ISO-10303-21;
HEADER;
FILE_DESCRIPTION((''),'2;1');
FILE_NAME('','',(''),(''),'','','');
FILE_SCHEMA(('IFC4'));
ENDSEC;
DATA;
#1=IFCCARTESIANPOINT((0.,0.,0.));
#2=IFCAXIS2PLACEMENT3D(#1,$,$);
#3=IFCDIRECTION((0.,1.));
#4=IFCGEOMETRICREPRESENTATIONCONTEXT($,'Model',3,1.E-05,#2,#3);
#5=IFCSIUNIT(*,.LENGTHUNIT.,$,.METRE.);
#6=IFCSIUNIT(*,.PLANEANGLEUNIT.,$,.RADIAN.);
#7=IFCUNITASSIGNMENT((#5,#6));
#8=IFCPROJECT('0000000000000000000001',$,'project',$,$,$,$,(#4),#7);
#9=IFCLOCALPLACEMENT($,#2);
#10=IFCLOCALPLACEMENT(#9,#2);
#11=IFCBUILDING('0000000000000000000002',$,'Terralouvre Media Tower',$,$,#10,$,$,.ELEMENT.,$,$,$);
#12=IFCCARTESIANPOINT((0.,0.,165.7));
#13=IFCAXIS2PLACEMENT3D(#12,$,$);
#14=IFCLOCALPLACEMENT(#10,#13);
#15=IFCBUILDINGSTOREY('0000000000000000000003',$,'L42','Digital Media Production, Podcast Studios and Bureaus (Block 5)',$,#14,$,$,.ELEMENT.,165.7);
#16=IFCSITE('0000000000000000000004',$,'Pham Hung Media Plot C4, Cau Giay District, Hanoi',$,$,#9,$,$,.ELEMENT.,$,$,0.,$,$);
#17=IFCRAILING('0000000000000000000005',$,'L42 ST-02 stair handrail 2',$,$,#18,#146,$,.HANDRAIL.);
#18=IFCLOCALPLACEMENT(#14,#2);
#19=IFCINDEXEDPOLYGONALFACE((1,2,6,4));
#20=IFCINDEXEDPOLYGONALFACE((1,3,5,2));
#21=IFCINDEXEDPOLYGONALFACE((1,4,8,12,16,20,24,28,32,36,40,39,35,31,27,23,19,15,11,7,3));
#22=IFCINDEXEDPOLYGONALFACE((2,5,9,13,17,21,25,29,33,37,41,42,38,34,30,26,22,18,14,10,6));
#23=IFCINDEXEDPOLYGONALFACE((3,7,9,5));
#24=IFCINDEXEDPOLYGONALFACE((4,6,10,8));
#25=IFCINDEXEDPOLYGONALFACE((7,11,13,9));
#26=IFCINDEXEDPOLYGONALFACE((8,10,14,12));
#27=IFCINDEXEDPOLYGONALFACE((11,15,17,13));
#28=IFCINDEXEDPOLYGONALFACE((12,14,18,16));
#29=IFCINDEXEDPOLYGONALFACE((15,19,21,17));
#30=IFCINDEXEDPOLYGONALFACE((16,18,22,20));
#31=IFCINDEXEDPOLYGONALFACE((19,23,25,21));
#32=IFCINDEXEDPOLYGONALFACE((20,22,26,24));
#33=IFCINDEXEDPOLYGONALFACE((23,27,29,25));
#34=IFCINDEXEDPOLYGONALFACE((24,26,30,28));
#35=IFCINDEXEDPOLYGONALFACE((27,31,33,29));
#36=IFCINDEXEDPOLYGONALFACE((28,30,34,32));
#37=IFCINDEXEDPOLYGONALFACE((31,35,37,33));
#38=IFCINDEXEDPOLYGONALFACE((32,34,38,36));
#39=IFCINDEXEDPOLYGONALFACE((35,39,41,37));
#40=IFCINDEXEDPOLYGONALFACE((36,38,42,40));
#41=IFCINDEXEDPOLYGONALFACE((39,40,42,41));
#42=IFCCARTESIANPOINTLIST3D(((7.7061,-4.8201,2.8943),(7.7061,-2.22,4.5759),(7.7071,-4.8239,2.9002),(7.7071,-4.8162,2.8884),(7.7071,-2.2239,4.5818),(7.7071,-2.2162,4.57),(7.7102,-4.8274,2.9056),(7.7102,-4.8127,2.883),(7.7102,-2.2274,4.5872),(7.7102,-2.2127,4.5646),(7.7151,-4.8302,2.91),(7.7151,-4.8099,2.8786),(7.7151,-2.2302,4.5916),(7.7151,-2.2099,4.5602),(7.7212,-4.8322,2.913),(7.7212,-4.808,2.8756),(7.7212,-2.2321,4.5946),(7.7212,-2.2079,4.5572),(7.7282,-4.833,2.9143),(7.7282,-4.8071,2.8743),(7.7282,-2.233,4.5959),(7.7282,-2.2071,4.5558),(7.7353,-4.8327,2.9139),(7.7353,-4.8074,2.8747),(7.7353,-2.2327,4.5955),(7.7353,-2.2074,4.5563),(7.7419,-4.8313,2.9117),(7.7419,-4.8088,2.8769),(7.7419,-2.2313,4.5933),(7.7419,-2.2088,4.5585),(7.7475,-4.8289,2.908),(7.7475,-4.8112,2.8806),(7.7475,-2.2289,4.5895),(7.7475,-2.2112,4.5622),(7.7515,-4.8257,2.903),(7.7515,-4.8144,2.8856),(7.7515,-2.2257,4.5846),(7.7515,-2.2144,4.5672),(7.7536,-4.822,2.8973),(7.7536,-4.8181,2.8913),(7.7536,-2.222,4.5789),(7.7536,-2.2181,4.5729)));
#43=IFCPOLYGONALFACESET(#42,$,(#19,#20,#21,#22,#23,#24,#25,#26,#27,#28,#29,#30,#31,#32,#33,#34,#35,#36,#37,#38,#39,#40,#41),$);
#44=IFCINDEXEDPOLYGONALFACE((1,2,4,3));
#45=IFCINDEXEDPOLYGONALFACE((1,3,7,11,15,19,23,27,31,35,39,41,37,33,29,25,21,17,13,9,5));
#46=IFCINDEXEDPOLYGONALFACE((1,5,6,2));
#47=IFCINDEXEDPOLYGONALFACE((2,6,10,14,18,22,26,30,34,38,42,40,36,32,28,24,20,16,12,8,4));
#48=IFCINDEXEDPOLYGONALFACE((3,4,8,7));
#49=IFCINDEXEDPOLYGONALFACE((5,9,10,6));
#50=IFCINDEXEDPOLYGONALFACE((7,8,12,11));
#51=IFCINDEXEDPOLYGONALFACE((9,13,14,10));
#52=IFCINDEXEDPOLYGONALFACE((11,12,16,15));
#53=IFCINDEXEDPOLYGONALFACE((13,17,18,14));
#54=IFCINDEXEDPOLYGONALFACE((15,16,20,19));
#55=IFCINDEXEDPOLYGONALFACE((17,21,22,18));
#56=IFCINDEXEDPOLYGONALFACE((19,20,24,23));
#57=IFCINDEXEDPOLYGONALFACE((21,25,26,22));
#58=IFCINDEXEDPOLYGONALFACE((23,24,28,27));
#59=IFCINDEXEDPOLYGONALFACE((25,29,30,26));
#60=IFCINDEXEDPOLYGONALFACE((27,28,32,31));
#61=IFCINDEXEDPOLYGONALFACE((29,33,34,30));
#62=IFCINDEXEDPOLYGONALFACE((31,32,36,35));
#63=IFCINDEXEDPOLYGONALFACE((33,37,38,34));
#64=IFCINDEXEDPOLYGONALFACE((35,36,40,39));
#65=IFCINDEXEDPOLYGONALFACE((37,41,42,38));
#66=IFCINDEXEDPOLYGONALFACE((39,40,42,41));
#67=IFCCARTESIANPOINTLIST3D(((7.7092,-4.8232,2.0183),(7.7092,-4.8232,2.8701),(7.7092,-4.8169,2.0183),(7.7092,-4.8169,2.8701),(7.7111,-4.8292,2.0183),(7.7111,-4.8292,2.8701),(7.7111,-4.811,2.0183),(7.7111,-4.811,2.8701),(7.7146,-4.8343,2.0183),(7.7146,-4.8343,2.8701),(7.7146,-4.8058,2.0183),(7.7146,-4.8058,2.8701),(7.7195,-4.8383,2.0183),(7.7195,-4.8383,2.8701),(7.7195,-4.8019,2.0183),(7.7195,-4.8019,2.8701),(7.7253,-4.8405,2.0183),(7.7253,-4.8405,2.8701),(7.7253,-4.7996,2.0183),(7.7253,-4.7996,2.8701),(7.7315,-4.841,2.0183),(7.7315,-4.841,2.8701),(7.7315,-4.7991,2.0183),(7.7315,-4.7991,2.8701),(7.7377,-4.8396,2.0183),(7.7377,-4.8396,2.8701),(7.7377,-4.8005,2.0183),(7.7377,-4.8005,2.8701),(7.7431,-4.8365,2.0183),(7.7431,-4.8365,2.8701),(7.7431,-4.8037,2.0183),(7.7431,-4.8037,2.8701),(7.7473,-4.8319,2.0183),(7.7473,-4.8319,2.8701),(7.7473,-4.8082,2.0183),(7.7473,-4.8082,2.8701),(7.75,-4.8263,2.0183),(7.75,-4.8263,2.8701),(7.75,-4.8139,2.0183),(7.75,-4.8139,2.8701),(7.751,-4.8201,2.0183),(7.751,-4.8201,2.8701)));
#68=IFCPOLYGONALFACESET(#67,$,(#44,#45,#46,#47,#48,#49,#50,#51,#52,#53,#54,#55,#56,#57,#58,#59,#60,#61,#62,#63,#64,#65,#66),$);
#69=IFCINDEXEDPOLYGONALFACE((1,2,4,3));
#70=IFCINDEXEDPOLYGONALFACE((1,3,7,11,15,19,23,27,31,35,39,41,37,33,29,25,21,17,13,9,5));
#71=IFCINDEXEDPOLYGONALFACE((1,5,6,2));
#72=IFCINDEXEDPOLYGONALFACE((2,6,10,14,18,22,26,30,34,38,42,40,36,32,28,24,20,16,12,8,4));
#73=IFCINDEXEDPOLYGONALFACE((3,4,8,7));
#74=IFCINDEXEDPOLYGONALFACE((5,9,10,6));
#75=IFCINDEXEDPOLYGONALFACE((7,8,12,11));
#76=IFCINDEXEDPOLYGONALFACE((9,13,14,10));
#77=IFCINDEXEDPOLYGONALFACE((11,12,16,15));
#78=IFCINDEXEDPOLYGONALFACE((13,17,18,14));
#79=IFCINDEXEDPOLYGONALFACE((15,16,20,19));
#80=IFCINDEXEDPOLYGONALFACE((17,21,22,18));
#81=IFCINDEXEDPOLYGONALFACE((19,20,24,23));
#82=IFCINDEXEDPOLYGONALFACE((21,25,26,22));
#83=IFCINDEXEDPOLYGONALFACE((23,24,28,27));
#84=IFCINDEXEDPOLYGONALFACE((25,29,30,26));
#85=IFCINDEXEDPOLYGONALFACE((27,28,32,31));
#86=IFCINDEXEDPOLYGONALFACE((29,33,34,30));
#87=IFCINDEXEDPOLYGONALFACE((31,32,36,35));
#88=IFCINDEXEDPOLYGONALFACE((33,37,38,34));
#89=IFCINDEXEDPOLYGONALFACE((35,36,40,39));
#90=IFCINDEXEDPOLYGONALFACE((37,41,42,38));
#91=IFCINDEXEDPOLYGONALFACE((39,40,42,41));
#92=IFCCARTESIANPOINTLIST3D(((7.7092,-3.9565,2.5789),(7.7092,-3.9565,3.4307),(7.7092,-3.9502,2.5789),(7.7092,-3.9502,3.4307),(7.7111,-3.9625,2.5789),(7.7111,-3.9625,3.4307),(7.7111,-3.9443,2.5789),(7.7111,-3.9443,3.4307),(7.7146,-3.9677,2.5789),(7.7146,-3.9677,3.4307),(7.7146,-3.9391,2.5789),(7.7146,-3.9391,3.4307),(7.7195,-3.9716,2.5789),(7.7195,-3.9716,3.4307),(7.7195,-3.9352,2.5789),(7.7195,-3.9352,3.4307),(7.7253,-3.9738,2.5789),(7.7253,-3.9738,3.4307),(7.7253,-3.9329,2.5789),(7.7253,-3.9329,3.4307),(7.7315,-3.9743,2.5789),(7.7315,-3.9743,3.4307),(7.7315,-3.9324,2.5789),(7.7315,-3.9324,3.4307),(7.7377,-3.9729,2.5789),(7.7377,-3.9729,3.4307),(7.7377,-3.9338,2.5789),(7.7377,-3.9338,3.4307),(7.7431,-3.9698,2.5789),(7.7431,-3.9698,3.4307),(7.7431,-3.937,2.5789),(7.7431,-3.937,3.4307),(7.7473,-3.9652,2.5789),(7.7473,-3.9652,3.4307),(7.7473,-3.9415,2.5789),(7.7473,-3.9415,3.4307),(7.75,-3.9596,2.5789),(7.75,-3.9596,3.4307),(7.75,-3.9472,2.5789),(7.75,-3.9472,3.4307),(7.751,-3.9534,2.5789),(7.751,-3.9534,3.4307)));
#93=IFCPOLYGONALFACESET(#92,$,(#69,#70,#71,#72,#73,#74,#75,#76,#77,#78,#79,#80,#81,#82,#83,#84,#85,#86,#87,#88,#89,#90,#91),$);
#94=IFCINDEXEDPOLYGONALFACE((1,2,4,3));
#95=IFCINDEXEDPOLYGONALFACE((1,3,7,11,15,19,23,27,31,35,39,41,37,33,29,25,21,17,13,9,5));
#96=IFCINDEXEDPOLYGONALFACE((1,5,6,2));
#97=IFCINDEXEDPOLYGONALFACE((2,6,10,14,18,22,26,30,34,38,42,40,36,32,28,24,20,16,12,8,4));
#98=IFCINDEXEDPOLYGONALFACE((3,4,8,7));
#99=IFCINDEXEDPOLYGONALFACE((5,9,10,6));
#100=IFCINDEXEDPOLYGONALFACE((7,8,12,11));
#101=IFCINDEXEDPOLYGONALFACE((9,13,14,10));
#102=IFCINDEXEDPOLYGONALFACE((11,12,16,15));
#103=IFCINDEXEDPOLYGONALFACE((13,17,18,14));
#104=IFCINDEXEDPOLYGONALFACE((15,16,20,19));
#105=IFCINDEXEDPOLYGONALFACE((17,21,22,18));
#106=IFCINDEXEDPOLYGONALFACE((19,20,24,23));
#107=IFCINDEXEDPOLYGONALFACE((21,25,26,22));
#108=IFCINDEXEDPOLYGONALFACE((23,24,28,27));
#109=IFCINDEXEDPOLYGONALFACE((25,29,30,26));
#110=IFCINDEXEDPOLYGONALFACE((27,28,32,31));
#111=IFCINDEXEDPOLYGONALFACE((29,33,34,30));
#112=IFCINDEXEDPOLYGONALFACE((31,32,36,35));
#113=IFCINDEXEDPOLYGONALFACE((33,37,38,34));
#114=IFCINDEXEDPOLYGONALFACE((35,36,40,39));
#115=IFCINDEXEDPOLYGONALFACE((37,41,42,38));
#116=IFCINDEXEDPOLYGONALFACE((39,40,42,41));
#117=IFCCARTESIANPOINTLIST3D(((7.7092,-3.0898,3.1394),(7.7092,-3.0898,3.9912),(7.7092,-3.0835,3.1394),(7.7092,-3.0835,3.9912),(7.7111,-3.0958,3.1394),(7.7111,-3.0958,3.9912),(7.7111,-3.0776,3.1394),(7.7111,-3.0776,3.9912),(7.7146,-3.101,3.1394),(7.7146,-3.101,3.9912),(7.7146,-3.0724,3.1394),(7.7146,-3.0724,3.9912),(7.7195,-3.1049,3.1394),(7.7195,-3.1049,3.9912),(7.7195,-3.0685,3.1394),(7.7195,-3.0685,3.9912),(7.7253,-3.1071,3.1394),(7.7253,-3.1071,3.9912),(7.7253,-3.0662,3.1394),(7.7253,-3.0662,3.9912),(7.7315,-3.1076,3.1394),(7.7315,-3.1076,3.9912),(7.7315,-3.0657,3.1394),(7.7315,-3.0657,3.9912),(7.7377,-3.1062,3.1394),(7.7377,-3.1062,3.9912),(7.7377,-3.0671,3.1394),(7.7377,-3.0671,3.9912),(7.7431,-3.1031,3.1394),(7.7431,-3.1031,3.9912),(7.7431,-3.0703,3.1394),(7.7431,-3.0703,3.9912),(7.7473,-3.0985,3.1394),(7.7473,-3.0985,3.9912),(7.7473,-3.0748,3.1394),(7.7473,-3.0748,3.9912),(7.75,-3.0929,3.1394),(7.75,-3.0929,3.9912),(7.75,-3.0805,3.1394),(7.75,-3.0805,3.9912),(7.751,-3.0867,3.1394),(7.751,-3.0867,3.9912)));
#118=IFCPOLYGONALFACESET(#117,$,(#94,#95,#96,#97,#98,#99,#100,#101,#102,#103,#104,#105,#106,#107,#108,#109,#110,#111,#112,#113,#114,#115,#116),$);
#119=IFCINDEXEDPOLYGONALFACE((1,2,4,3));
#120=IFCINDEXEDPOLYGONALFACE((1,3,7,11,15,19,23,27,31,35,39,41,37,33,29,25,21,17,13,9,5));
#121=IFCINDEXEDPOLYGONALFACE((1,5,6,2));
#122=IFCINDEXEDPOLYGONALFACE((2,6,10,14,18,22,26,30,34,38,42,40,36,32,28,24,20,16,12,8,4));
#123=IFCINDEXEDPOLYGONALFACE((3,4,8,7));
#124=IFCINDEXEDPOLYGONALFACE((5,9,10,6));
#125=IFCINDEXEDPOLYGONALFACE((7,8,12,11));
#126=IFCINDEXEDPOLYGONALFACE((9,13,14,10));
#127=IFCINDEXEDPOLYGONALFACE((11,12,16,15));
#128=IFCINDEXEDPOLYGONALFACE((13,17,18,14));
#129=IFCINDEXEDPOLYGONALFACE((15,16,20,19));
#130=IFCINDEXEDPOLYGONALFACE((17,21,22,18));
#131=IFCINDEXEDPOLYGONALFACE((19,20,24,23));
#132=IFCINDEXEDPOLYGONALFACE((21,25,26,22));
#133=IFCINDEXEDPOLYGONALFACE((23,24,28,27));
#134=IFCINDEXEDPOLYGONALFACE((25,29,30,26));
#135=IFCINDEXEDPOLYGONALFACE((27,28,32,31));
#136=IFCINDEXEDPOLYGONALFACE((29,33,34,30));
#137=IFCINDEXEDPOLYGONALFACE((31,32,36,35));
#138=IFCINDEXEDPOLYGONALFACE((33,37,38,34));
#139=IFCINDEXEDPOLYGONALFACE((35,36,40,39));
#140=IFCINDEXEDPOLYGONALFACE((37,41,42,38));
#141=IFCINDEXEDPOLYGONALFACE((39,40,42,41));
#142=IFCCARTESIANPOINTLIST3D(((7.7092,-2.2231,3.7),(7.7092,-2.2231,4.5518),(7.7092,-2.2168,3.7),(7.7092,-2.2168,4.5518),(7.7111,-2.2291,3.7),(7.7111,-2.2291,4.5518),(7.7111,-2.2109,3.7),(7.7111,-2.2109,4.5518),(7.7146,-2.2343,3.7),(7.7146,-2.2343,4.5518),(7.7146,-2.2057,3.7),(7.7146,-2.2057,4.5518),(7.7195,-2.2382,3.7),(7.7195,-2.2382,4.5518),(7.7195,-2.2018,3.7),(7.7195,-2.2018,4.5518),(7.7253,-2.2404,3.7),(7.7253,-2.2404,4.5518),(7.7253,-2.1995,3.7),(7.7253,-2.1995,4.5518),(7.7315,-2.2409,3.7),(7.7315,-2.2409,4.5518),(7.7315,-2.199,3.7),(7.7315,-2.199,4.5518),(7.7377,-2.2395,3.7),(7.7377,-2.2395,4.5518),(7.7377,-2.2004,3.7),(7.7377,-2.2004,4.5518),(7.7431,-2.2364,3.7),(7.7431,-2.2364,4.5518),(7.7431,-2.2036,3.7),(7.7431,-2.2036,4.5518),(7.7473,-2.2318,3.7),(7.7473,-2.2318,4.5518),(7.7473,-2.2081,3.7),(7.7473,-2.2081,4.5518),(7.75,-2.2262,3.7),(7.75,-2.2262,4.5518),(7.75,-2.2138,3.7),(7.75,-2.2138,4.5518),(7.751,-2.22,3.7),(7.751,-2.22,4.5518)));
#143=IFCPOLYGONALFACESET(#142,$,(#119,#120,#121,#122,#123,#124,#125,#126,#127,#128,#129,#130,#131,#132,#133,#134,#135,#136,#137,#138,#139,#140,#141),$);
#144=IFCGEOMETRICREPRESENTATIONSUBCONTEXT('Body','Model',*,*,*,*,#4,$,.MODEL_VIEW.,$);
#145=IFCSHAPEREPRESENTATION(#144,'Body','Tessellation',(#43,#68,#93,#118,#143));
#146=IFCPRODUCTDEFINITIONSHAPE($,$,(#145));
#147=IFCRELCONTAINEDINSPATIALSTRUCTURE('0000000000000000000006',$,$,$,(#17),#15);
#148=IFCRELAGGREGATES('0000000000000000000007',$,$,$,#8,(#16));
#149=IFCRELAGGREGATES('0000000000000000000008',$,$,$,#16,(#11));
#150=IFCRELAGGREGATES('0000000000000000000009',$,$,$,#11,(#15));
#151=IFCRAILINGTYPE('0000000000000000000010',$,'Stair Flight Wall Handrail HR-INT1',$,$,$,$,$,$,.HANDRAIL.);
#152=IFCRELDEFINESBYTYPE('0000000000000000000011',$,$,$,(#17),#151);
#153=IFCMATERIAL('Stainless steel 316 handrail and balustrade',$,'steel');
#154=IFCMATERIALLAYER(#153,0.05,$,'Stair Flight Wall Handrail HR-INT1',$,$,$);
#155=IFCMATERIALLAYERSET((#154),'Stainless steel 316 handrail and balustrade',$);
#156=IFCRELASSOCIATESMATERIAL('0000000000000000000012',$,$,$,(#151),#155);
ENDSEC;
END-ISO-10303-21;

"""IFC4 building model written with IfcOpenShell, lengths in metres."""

from ifc_helpers import new_model, si_unit, direction, frame, origin, origin_2d, place, context, subcontext, project, spatial, circle, extrude, material, layer, layer_set, type_object, element, save


model = new_model("IFC4")

# Units and contexts
model_context = context("Model", 3, precision=1e-05, world=origin(), true_north=direction((0.0, 1.0)))
body_context = subcontext(model_context, "Body", "Model", "MODEL_VIEW")
ifc_project = project(units=[si_unit("LENGTHUNIT", "METRE"), si_unit("PLANEANGLEUNIT", "RADIAN")], contexts=[model_context])

# Site, building, storey
site_placement = place(None, origin())
site = spatial("IfcSite", under=ifc_project, at=site_placement, Name="Pham Hung Media Plot C4, Cau Giay District, Hanoi", CompositionType="ELEMENT", RefElevation=0.0)
building_placement = place(site_placement, origin())
building = spatial("IfcBuilding", under=site, at=building_placement, Name="Terralouvre Media Tower", CompositionType="ELEMENT")
storey_placement = place(building_placement, frame((0.0, 0.0, 165.7)))
storey = spatial("IfcBuildingStorey", under=building, at=storey_placement, Name="L42", Description="Digital Media Production, Podcast Studios and Bureaus (Block 5)", CompositionType="ELEMENT", Elevation=165.7)

# Railing
ifc_material_1 = material(Name="Stainless steel 316 handrail and balustrade", Category="steel")
ifc_layer_1 = layer(ifc_material_1, 0.05, Name="Stair Flight Wall Handrail HR-INT1")
ifc_layer_set_1 = layer_set([ifc_layer_1], Name="Stainless steel 316 handrail and balustrade")
railing_type_1 = type_object("IfcRailingType", Name="Stair Flight Wall Handrail HR-INT1", PredefinedType="HANDRAIL", material=ifc_layer_set_1)
railing_1_placement = place(storey_placement, frame((7.73, -4.8201, 2.0183)))
element("IfcRailing", 1, at=railing_1_placement, inside=storey, type_object=railing_type_1, Name="L42 ST-02 stair handrail 2", PredefinedType="HANDRAIL", context=body_context, shape_type="SweptSolid", body=[
    extrude(circle(Radius=0.0239, at=origin_2d()), frame((0.0, 0.0, 0.876), z_axis=(0.0, 0.839684, 0.543075), x_axis=(-1.0, 0.0, 0.0)), (0.0, 0.0, 1.0), 3.0964),
    extrude(circle(Radius=0.021, at=origin_2d()), origin(), (0.0, 0.0, 1.0), 0.8518),
    extrude(circle(Radius=0.021, at=origin_2d()), frame((0.0, 0.8667, 0.5605)), (0.0, 0.0, 1.0), 0.8518),
    extrude(circle(Radius=0.021, at=origin_2d()), frame((0.0, 1.7334, 1.1211)), (0.0, 0.0, 1.0), 0.8518),
    extrude(circle(Radius=0.021, at=origin_2d()), frame((0.0, 2.6001, 1.6816)), (0.0, 0.0, 1.0), 0.8518),
])

save(model, "model.ifc")
